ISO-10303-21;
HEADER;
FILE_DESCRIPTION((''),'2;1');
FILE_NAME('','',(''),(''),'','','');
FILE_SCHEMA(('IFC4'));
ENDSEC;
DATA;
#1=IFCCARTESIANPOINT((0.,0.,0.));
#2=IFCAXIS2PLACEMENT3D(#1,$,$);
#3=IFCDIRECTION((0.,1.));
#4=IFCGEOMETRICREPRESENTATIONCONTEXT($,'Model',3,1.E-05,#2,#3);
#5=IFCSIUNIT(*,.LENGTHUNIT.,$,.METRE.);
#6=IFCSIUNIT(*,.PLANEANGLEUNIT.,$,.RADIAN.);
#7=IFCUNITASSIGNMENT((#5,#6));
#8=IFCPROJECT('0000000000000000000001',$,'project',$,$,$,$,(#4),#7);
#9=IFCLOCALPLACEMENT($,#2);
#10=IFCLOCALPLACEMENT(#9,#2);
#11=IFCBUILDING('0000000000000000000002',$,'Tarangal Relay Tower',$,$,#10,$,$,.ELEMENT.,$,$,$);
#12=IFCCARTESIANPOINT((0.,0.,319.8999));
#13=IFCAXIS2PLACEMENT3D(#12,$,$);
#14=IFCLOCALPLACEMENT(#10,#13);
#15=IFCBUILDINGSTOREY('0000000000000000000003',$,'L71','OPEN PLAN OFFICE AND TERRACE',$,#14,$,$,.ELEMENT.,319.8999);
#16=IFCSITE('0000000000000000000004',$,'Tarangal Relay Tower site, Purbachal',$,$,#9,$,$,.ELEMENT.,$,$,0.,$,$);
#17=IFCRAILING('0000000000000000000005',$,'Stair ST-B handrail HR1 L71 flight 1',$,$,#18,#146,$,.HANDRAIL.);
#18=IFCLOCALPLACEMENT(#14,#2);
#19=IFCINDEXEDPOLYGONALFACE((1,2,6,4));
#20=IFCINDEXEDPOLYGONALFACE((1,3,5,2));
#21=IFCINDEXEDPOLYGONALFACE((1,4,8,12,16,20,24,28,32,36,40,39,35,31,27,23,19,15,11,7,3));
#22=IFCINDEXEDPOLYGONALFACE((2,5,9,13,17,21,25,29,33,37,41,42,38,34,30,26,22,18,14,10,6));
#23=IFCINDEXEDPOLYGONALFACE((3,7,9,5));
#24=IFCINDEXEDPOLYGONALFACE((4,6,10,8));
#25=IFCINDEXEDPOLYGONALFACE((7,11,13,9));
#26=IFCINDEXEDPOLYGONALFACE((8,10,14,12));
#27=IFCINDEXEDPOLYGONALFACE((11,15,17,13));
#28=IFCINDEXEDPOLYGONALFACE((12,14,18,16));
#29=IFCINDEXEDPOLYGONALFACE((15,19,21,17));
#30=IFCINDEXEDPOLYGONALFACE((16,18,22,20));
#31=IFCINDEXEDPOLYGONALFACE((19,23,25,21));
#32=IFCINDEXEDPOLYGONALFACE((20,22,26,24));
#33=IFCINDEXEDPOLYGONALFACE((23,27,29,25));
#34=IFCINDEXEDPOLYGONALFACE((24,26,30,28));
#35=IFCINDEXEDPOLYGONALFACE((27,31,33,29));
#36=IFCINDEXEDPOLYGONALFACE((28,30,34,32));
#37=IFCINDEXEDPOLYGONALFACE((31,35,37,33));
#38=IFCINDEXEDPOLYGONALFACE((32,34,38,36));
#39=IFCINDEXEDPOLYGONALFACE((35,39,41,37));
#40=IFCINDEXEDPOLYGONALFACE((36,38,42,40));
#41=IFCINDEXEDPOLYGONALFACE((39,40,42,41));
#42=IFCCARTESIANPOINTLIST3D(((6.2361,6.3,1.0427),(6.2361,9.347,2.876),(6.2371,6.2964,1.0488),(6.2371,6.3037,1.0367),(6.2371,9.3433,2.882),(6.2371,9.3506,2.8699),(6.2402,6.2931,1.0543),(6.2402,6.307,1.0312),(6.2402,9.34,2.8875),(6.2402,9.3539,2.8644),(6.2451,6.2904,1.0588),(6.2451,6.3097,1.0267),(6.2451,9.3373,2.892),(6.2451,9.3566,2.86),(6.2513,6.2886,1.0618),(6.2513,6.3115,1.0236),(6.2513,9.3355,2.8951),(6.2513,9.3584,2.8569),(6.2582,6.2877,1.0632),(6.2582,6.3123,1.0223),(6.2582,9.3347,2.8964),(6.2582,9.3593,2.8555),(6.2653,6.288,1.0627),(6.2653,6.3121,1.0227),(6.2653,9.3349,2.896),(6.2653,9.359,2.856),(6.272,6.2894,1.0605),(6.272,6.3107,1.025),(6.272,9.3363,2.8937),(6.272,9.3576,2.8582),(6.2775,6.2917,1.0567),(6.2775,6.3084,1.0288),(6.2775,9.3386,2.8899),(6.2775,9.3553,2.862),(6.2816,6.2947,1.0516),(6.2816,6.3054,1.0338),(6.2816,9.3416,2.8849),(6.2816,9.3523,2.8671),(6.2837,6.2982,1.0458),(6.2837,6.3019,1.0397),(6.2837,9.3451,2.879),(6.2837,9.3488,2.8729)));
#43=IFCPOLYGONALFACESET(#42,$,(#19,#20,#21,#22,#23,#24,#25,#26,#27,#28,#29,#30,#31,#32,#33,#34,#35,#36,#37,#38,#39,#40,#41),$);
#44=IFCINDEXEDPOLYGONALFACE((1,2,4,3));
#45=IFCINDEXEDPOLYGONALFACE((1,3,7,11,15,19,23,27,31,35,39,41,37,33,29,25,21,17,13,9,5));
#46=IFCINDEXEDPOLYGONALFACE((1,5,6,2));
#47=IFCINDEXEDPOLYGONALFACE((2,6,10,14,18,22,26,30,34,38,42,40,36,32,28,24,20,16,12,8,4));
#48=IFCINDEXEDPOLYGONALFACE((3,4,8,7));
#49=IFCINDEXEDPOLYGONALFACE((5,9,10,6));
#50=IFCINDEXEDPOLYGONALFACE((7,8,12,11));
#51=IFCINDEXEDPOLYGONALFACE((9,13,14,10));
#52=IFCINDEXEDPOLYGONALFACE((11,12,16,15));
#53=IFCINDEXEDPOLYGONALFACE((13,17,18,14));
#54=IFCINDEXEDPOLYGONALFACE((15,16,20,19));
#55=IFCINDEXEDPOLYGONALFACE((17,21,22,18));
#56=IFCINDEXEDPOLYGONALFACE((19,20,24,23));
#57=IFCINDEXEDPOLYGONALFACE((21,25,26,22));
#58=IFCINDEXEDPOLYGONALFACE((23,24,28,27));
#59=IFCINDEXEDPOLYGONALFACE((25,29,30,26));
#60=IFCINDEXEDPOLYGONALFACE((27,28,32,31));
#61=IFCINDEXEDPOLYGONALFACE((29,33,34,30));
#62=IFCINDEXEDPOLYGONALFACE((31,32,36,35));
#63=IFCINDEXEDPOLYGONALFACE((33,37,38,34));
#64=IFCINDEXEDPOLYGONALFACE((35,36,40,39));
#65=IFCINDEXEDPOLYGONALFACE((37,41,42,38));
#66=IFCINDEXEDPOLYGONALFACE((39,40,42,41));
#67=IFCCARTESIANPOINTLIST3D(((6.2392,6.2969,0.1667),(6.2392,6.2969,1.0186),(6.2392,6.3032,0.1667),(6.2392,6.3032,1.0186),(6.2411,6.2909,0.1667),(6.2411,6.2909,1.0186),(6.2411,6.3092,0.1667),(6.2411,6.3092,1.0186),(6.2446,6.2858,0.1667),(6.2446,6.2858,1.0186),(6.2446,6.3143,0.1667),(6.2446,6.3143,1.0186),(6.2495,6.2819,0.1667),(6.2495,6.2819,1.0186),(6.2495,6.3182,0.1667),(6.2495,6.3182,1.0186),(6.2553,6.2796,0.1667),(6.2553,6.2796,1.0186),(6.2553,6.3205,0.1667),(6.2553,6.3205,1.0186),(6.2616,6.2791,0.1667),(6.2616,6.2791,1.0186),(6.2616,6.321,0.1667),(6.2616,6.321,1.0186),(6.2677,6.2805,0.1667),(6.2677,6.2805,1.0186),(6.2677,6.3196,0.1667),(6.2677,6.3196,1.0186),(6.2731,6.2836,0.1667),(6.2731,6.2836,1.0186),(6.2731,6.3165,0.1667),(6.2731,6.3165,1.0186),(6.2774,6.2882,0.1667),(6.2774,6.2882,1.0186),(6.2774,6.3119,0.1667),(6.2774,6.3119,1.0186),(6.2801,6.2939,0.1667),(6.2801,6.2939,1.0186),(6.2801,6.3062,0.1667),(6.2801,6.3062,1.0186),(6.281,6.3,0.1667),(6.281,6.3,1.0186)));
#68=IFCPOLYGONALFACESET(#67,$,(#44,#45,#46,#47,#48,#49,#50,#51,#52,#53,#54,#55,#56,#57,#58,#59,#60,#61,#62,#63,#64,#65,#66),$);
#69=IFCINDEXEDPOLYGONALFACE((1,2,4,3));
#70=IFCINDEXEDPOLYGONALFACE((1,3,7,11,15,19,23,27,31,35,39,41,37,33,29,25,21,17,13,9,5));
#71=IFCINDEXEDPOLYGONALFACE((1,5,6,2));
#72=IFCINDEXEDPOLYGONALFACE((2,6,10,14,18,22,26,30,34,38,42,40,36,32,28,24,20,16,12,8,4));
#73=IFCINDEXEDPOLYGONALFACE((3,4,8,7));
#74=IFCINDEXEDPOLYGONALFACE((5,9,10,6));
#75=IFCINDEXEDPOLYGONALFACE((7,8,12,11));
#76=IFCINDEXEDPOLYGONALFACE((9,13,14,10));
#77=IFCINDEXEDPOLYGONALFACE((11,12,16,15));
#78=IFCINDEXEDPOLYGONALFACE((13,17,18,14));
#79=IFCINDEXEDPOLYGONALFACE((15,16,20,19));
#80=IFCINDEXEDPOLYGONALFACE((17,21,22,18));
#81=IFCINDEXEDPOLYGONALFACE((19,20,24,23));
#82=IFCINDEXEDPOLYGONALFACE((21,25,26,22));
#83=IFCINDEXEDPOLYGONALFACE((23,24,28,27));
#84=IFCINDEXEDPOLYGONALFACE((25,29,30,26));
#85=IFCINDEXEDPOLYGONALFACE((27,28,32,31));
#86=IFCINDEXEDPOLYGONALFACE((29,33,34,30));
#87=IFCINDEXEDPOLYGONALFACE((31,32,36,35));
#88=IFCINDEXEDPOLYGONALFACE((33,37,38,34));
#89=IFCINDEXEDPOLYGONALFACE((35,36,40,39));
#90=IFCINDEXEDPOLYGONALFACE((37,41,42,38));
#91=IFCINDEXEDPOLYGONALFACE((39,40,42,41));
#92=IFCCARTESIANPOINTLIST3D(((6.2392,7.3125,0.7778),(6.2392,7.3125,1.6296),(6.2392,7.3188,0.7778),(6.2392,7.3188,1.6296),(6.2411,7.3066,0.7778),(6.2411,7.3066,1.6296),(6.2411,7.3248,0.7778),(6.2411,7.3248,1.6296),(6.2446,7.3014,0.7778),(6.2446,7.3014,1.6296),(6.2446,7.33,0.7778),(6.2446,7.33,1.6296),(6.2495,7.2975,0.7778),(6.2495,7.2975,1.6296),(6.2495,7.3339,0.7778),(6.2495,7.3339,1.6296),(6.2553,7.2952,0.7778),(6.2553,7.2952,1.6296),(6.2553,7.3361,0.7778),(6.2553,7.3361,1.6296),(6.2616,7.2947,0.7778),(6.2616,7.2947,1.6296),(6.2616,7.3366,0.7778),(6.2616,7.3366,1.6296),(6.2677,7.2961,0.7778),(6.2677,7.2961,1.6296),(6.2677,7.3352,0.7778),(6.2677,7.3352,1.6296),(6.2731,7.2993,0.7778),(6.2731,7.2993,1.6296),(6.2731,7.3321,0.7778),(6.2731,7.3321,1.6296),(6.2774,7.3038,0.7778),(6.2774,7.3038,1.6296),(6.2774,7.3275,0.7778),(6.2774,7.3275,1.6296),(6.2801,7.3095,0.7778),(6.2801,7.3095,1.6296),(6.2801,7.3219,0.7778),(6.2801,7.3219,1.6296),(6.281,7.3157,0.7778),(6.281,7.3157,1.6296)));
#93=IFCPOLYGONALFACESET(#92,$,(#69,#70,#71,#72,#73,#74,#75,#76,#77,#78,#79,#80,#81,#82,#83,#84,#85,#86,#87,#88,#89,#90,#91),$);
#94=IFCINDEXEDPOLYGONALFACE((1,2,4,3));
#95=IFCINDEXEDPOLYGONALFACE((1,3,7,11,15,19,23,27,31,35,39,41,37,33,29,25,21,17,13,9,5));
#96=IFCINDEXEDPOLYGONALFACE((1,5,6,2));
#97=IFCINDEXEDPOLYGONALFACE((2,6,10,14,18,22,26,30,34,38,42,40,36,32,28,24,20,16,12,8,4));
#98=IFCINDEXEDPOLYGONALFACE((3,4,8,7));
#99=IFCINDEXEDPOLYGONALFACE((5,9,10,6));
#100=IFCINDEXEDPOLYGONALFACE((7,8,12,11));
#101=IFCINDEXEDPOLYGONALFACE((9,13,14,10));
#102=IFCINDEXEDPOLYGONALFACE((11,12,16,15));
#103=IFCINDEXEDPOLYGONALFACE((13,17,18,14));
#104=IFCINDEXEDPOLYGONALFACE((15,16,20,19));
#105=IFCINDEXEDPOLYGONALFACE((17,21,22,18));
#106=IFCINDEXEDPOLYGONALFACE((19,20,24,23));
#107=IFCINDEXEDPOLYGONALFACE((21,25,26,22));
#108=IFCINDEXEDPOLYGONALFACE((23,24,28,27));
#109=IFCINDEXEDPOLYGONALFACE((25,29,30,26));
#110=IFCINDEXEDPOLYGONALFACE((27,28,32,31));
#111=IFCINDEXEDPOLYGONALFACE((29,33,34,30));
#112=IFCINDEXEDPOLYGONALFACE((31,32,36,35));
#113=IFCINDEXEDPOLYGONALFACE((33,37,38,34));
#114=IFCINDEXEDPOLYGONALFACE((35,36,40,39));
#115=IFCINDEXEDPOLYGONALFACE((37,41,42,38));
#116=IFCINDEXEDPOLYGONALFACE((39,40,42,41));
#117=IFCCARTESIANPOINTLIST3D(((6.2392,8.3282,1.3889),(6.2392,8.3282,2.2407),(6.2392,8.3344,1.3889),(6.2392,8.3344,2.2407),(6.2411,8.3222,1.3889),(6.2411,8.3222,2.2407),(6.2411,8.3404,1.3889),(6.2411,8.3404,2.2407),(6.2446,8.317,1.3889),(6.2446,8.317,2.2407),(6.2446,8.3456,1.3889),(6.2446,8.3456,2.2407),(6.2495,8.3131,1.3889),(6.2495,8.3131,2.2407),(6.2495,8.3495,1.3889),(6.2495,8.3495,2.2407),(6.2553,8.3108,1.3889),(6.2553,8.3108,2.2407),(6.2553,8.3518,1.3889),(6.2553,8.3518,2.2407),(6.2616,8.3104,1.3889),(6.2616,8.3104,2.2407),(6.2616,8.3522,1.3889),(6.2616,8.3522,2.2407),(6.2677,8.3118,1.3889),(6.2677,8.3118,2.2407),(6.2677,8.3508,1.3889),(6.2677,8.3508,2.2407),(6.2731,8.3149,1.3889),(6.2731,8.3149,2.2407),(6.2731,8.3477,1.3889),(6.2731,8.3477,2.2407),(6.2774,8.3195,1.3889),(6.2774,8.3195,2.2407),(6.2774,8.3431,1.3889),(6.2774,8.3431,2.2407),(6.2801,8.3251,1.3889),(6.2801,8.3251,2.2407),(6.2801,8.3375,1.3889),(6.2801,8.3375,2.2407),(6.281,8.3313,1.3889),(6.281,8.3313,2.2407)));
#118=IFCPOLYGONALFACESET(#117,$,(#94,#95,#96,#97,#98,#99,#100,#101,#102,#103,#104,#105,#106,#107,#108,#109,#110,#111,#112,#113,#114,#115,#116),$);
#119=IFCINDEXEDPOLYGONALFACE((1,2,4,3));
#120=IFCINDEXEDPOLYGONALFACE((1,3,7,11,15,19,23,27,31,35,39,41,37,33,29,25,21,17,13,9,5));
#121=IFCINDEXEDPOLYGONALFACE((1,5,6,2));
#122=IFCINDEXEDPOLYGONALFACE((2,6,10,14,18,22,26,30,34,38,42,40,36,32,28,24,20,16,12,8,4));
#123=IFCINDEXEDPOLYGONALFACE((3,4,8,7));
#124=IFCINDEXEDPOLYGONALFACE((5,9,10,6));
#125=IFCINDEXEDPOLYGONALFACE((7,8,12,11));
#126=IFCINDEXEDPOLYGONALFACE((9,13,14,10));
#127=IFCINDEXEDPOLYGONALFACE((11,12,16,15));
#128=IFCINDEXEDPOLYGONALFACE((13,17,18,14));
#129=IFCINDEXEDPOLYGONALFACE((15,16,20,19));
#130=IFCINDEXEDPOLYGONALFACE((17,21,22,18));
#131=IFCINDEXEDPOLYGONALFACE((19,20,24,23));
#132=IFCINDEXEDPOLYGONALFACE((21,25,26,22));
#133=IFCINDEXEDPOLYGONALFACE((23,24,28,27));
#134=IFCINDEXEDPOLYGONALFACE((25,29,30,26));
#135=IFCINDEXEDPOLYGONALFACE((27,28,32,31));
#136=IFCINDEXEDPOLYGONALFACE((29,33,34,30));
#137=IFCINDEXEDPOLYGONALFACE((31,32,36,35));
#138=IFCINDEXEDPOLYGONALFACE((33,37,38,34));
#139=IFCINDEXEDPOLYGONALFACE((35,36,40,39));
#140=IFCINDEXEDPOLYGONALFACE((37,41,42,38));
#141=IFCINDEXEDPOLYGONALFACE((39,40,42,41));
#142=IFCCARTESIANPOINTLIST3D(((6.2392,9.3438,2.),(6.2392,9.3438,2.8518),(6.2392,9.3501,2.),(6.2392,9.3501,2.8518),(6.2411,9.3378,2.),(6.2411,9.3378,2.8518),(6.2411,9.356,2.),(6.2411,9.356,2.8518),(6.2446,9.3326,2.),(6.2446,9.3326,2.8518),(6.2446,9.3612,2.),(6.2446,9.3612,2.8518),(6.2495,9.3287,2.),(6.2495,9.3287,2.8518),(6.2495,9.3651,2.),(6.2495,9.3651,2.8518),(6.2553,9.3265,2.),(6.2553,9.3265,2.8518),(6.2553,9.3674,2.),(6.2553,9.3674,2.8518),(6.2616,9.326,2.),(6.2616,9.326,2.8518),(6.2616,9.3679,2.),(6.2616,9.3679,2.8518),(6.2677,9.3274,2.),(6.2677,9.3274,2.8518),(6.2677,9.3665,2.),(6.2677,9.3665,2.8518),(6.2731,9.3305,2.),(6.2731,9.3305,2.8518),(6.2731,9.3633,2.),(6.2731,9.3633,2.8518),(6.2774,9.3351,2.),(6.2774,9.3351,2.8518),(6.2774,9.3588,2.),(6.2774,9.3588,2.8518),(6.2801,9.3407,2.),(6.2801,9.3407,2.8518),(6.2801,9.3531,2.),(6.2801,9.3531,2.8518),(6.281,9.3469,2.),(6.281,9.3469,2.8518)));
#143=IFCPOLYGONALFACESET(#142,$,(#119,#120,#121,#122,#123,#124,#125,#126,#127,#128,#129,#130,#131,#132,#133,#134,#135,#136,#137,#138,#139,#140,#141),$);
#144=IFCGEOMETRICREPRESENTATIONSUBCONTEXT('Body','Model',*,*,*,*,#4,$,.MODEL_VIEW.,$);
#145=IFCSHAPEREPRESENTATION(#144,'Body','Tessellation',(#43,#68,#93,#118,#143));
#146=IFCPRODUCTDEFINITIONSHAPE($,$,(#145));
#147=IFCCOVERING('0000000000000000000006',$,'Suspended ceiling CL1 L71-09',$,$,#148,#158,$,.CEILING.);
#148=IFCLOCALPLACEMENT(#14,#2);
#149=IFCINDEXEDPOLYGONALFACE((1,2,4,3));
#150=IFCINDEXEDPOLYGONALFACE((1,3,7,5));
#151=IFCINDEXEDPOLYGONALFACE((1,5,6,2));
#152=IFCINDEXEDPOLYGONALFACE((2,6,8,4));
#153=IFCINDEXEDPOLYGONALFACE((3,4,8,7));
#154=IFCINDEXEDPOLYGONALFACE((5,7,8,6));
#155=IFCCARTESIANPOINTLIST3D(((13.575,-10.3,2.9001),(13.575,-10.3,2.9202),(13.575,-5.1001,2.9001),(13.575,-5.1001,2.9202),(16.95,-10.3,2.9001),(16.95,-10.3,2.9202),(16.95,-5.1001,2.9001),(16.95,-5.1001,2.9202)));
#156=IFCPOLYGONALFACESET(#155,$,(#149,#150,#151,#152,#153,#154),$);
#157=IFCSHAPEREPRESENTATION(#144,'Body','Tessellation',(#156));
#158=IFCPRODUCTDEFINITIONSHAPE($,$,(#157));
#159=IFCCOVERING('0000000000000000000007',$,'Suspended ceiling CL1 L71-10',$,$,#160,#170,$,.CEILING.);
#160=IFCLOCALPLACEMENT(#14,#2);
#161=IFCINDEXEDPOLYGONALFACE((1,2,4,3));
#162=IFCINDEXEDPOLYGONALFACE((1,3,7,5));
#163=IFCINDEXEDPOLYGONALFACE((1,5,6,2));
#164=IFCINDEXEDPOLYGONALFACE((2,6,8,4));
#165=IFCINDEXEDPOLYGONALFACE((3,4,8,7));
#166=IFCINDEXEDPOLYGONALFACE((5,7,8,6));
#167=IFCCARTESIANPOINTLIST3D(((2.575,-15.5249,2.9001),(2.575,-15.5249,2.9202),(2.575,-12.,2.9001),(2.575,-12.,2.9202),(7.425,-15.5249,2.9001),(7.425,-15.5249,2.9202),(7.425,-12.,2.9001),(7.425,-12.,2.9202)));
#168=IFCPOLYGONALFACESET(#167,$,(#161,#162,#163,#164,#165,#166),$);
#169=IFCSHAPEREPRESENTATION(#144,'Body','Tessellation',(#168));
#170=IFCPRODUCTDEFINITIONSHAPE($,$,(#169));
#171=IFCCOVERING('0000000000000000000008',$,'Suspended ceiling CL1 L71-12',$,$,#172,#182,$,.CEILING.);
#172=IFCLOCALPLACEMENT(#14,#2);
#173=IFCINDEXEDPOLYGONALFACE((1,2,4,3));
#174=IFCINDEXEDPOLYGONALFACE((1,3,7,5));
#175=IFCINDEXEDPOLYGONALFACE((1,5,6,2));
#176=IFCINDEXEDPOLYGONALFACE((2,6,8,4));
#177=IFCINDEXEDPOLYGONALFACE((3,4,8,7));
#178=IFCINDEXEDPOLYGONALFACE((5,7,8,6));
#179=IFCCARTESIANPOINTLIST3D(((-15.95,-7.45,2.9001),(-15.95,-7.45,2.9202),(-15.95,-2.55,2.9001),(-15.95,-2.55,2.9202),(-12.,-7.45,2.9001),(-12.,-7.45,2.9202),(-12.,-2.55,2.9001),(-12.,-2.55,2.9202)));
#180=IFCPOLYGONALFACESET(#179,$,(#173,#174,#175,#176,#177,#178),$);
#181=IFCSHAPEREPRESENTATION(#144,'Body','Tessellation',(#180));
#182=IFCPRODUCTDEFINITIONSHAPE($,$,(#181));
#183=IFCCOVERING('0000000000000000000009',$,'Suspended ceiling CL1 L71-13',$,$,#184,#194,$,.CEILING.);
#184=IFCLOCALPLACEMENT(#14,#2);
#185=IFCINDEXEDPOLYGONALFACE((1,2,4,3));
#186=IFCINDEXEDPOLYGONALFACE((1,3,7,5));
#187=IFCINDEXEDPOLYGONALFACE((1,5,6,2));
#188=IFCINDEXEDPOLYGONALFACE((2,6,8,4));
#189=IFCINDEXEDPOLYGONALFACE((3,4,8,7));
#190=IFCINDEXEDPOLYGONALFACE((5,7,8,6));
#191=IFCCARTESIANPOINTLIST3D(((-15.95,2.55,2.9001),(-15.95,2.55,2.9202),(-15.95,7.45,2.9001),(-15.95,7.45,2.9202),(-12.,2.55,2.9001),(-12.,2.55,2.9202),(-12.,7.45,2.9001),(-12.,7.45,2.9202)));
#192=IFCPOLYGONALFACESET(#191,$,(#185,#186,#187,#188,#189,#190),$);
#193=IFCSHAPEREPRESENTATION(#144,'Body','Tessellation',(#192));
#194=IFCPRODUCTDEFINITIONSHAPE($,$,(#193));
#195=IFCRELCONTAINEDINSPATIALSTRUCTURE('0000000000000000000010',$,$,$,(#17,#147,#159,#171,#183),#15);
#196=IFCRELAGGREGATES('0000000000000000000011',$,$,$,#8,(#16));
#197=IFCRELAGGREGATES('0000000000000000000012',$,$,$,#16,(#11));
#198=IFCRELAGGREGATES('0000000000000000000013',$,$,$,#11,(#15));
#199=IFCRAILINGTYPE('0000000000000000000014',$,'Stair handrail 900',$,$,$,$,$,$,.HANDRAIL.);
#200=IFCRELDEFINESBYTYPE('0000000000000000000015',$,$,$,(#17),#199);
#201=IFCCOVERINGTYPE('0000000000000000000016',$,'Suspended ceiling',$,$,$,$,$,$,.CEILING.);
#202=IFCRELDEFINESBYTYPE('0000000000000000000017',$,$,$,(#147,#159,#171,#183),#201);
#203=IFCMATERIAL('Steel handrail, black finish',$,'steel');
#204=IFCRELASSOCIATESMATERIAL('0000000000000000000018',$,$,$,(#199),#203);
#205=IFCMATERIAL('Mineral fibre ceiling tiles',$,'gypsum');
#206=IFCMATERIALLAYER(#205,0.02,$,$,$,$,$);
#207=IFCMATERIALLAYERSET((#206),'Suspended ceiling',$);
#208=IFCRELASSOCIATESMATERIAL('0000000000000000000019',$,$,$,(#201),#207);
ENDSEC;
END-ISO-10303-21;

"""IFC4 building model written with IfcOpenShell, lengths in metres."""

from ifc_helpers import new_model, si_unit, direction, frame, origin, origin_2d, place, context, subcontext, project, spatial, polyline, circle, outline, extrude, material, layer, layer_set, type_object, element, save


model = new_model("IFC4")

# Units and contexts
model_context = context("Model", 3, precision=1e-05, world=origin(), true_north=direction((0.0, 1.0)))
body_context = subcontext(model_context, "Body", "Model", "MODEL_VIEW")
ifc_project = project(units=[si_unit("LENGTHUNIT", "METRE"), si_unit("PLANEANGLEUNIT", "RADIAN")], contexts=[model_context])

# Site, building, storey
site_placement = place(None, origin())
site = spatial("IfcSite", under=ifc_project, at=site_placement, Name="Tarangal Relay Tower site, Purbachal", CompositionType="ELEMENT", RefElevation=0.0)
building_placement = place(site_placement, origin())
building = spatial("IfcBuilding", under=site, at=building_placement, Name="Tarangal Relay Tower", CompositionType="ELEMENT")
storey_placement = place(building_placement, frame((0.0, 0.0, 319.8999)))
storey = spatial("IfcBuildingStorey", under=building, at=storey_placement, Name="L71", Description="OPEN PLAN OFFICE AND TERRACE", CompositionType="ELEMENT", Elevation=319.8999)

# Railing
ifc_material_1 = material(Name="Steel handrail, black finish", Category="steel")
railing_type_1 = type_object("IfcRailingType", Name="Stair handrail 900", PredefinedType="HANDRAIL", material=ifc_material_1)
railing_1_placement = place(storey_placement, frame((6.26, 6.3, 0.1667)))
element("IfcRailing", 1, at=railing_1_placement, inside=storey, type_object=railing_type_1, Name="Stair ST-B handrail HR1 L71 flight 1", PredefinedType="HANDRAIL", context=body_context, shape_type="SweptSolid", body=[
    extrude(circle(Radius=0.0239, at=origin_2d()), frame((0.0, 0.0, 0.876), z_axis=(0.0, 0.856856, 0.515556), x_axis=(-1.0, 0.0, 0.0)), (0.0, 0.0, 1.0), 3.5559),
    extrude(circle(Radius=0.021, at=origin_2d()), origin(), (0.0, 0.0, 1.0), 0.8518),
    extrude(circle(Radius=0.021, at=origin_2d()), frame((0.0, 1.0156, 0.6111)), (0.0, 0.0, 1.0), 0.8518),
    extrude(circle(Radius=0.021, at=origin_2d()), frame((0.0, 2.0312, 1.2222)), (0.0, 0.0, 1.0), 0.8518),
    extrude(circle(Radius=0.021, at=origin_2d()), frame((0.0, 3.0469, 1.8333)), (0.0, 0.0, 1.0), 0.8518),
])

# Coverings
ifc_material_2 = material(Name="Mineral fibre ceiling tiles", Category="gypsum")
ifc_layer_1 = layer(ifc_material_2, 0.02)
ifc_layer_set_1 = layer_set([ifc_layer_1], Name="Suspended ceiling")
covering_type = type_object("IfcCoveringType", Name="Suspended ceiling", PredefinedType="CEILING", material=ifc_layer_set_1)
covering_1_placement = place(storey_placement, frame((0.0, 0.0, 2.9001)))
element("IfcCovering", 2, at=covering_1_placement, inside=storey, type_object=covering_type, Name="Suspended ceiling CL1 L71-09", PredefinedType="CEILING", context=body_context, shape_type="SweptSolid", body=[
    extrude(outline(polyline([(13.575, -5.1001), (13.575, -10.3), (16.95, -10.3), (16.95, -5.1001), (13.575, -5.1001)])), origin(), (0.0, 0.0, 1.0), 0.02),
])
covering_2_placement = place(storey_placement, frame((0.0, 0.0, 2.9001)))
element("IfcCovering", 3, at=covering_2_placement, inside=storey, type_object=covering_type, Name="Suspended ceiling CL1 L71-10", PredefinedType="CEILING", context=body_context, shape_type="SweptSolid", body=[
    extrude(outline(polyline([(2.575, -12.0), (2.575, -15.5249), (7.425, -15.5249), (7.425, -12.0), (2.575, -12.0)])), origin(), (0.0, 0.0, 1.0), 0.02),
])
covering_3_placement = place(storey_placement, frame((0.0, 0.0, 2.9001)))
element("IfcCovering", 4, at=covering_3_placement, inside=storey, type_object=covering_type, Name="Suspended ceiling CL1 L71-12", PredefinedType="CEILING", context=body_context, shape_type="SweptSolid", body=[
    extrude(outline(polyline([(-12.0, -2.55), (-15.95, -2.55), (-15.95, -7.45), (-12.0, -7.45), (-12.0, -2.55)])), origin(), (0.0, 0.0, 1.0), 0.02),
])
covering_4_placement = place(storey_placement, frame((0.0, 0.0, 2.9001)))
element("IfcCovering", 5, at=covering_4_placement, inside=storey, type_object=covering_type, Name="Suspended ceiling CL1 L71-13", PredefinedType="CEILING", context=body_context, shape_type="SweptSolid", body=[
    extrude(outline(polyline([(-12.0, 7.45), (-15.95, 7.45), (-15.95, 2.55), (-12.0, 2.55), (-12.0, 7.45)])), origin(), (0.0, 0.0, 1.0), 0.02),
])

save(model, "model.ifc")
